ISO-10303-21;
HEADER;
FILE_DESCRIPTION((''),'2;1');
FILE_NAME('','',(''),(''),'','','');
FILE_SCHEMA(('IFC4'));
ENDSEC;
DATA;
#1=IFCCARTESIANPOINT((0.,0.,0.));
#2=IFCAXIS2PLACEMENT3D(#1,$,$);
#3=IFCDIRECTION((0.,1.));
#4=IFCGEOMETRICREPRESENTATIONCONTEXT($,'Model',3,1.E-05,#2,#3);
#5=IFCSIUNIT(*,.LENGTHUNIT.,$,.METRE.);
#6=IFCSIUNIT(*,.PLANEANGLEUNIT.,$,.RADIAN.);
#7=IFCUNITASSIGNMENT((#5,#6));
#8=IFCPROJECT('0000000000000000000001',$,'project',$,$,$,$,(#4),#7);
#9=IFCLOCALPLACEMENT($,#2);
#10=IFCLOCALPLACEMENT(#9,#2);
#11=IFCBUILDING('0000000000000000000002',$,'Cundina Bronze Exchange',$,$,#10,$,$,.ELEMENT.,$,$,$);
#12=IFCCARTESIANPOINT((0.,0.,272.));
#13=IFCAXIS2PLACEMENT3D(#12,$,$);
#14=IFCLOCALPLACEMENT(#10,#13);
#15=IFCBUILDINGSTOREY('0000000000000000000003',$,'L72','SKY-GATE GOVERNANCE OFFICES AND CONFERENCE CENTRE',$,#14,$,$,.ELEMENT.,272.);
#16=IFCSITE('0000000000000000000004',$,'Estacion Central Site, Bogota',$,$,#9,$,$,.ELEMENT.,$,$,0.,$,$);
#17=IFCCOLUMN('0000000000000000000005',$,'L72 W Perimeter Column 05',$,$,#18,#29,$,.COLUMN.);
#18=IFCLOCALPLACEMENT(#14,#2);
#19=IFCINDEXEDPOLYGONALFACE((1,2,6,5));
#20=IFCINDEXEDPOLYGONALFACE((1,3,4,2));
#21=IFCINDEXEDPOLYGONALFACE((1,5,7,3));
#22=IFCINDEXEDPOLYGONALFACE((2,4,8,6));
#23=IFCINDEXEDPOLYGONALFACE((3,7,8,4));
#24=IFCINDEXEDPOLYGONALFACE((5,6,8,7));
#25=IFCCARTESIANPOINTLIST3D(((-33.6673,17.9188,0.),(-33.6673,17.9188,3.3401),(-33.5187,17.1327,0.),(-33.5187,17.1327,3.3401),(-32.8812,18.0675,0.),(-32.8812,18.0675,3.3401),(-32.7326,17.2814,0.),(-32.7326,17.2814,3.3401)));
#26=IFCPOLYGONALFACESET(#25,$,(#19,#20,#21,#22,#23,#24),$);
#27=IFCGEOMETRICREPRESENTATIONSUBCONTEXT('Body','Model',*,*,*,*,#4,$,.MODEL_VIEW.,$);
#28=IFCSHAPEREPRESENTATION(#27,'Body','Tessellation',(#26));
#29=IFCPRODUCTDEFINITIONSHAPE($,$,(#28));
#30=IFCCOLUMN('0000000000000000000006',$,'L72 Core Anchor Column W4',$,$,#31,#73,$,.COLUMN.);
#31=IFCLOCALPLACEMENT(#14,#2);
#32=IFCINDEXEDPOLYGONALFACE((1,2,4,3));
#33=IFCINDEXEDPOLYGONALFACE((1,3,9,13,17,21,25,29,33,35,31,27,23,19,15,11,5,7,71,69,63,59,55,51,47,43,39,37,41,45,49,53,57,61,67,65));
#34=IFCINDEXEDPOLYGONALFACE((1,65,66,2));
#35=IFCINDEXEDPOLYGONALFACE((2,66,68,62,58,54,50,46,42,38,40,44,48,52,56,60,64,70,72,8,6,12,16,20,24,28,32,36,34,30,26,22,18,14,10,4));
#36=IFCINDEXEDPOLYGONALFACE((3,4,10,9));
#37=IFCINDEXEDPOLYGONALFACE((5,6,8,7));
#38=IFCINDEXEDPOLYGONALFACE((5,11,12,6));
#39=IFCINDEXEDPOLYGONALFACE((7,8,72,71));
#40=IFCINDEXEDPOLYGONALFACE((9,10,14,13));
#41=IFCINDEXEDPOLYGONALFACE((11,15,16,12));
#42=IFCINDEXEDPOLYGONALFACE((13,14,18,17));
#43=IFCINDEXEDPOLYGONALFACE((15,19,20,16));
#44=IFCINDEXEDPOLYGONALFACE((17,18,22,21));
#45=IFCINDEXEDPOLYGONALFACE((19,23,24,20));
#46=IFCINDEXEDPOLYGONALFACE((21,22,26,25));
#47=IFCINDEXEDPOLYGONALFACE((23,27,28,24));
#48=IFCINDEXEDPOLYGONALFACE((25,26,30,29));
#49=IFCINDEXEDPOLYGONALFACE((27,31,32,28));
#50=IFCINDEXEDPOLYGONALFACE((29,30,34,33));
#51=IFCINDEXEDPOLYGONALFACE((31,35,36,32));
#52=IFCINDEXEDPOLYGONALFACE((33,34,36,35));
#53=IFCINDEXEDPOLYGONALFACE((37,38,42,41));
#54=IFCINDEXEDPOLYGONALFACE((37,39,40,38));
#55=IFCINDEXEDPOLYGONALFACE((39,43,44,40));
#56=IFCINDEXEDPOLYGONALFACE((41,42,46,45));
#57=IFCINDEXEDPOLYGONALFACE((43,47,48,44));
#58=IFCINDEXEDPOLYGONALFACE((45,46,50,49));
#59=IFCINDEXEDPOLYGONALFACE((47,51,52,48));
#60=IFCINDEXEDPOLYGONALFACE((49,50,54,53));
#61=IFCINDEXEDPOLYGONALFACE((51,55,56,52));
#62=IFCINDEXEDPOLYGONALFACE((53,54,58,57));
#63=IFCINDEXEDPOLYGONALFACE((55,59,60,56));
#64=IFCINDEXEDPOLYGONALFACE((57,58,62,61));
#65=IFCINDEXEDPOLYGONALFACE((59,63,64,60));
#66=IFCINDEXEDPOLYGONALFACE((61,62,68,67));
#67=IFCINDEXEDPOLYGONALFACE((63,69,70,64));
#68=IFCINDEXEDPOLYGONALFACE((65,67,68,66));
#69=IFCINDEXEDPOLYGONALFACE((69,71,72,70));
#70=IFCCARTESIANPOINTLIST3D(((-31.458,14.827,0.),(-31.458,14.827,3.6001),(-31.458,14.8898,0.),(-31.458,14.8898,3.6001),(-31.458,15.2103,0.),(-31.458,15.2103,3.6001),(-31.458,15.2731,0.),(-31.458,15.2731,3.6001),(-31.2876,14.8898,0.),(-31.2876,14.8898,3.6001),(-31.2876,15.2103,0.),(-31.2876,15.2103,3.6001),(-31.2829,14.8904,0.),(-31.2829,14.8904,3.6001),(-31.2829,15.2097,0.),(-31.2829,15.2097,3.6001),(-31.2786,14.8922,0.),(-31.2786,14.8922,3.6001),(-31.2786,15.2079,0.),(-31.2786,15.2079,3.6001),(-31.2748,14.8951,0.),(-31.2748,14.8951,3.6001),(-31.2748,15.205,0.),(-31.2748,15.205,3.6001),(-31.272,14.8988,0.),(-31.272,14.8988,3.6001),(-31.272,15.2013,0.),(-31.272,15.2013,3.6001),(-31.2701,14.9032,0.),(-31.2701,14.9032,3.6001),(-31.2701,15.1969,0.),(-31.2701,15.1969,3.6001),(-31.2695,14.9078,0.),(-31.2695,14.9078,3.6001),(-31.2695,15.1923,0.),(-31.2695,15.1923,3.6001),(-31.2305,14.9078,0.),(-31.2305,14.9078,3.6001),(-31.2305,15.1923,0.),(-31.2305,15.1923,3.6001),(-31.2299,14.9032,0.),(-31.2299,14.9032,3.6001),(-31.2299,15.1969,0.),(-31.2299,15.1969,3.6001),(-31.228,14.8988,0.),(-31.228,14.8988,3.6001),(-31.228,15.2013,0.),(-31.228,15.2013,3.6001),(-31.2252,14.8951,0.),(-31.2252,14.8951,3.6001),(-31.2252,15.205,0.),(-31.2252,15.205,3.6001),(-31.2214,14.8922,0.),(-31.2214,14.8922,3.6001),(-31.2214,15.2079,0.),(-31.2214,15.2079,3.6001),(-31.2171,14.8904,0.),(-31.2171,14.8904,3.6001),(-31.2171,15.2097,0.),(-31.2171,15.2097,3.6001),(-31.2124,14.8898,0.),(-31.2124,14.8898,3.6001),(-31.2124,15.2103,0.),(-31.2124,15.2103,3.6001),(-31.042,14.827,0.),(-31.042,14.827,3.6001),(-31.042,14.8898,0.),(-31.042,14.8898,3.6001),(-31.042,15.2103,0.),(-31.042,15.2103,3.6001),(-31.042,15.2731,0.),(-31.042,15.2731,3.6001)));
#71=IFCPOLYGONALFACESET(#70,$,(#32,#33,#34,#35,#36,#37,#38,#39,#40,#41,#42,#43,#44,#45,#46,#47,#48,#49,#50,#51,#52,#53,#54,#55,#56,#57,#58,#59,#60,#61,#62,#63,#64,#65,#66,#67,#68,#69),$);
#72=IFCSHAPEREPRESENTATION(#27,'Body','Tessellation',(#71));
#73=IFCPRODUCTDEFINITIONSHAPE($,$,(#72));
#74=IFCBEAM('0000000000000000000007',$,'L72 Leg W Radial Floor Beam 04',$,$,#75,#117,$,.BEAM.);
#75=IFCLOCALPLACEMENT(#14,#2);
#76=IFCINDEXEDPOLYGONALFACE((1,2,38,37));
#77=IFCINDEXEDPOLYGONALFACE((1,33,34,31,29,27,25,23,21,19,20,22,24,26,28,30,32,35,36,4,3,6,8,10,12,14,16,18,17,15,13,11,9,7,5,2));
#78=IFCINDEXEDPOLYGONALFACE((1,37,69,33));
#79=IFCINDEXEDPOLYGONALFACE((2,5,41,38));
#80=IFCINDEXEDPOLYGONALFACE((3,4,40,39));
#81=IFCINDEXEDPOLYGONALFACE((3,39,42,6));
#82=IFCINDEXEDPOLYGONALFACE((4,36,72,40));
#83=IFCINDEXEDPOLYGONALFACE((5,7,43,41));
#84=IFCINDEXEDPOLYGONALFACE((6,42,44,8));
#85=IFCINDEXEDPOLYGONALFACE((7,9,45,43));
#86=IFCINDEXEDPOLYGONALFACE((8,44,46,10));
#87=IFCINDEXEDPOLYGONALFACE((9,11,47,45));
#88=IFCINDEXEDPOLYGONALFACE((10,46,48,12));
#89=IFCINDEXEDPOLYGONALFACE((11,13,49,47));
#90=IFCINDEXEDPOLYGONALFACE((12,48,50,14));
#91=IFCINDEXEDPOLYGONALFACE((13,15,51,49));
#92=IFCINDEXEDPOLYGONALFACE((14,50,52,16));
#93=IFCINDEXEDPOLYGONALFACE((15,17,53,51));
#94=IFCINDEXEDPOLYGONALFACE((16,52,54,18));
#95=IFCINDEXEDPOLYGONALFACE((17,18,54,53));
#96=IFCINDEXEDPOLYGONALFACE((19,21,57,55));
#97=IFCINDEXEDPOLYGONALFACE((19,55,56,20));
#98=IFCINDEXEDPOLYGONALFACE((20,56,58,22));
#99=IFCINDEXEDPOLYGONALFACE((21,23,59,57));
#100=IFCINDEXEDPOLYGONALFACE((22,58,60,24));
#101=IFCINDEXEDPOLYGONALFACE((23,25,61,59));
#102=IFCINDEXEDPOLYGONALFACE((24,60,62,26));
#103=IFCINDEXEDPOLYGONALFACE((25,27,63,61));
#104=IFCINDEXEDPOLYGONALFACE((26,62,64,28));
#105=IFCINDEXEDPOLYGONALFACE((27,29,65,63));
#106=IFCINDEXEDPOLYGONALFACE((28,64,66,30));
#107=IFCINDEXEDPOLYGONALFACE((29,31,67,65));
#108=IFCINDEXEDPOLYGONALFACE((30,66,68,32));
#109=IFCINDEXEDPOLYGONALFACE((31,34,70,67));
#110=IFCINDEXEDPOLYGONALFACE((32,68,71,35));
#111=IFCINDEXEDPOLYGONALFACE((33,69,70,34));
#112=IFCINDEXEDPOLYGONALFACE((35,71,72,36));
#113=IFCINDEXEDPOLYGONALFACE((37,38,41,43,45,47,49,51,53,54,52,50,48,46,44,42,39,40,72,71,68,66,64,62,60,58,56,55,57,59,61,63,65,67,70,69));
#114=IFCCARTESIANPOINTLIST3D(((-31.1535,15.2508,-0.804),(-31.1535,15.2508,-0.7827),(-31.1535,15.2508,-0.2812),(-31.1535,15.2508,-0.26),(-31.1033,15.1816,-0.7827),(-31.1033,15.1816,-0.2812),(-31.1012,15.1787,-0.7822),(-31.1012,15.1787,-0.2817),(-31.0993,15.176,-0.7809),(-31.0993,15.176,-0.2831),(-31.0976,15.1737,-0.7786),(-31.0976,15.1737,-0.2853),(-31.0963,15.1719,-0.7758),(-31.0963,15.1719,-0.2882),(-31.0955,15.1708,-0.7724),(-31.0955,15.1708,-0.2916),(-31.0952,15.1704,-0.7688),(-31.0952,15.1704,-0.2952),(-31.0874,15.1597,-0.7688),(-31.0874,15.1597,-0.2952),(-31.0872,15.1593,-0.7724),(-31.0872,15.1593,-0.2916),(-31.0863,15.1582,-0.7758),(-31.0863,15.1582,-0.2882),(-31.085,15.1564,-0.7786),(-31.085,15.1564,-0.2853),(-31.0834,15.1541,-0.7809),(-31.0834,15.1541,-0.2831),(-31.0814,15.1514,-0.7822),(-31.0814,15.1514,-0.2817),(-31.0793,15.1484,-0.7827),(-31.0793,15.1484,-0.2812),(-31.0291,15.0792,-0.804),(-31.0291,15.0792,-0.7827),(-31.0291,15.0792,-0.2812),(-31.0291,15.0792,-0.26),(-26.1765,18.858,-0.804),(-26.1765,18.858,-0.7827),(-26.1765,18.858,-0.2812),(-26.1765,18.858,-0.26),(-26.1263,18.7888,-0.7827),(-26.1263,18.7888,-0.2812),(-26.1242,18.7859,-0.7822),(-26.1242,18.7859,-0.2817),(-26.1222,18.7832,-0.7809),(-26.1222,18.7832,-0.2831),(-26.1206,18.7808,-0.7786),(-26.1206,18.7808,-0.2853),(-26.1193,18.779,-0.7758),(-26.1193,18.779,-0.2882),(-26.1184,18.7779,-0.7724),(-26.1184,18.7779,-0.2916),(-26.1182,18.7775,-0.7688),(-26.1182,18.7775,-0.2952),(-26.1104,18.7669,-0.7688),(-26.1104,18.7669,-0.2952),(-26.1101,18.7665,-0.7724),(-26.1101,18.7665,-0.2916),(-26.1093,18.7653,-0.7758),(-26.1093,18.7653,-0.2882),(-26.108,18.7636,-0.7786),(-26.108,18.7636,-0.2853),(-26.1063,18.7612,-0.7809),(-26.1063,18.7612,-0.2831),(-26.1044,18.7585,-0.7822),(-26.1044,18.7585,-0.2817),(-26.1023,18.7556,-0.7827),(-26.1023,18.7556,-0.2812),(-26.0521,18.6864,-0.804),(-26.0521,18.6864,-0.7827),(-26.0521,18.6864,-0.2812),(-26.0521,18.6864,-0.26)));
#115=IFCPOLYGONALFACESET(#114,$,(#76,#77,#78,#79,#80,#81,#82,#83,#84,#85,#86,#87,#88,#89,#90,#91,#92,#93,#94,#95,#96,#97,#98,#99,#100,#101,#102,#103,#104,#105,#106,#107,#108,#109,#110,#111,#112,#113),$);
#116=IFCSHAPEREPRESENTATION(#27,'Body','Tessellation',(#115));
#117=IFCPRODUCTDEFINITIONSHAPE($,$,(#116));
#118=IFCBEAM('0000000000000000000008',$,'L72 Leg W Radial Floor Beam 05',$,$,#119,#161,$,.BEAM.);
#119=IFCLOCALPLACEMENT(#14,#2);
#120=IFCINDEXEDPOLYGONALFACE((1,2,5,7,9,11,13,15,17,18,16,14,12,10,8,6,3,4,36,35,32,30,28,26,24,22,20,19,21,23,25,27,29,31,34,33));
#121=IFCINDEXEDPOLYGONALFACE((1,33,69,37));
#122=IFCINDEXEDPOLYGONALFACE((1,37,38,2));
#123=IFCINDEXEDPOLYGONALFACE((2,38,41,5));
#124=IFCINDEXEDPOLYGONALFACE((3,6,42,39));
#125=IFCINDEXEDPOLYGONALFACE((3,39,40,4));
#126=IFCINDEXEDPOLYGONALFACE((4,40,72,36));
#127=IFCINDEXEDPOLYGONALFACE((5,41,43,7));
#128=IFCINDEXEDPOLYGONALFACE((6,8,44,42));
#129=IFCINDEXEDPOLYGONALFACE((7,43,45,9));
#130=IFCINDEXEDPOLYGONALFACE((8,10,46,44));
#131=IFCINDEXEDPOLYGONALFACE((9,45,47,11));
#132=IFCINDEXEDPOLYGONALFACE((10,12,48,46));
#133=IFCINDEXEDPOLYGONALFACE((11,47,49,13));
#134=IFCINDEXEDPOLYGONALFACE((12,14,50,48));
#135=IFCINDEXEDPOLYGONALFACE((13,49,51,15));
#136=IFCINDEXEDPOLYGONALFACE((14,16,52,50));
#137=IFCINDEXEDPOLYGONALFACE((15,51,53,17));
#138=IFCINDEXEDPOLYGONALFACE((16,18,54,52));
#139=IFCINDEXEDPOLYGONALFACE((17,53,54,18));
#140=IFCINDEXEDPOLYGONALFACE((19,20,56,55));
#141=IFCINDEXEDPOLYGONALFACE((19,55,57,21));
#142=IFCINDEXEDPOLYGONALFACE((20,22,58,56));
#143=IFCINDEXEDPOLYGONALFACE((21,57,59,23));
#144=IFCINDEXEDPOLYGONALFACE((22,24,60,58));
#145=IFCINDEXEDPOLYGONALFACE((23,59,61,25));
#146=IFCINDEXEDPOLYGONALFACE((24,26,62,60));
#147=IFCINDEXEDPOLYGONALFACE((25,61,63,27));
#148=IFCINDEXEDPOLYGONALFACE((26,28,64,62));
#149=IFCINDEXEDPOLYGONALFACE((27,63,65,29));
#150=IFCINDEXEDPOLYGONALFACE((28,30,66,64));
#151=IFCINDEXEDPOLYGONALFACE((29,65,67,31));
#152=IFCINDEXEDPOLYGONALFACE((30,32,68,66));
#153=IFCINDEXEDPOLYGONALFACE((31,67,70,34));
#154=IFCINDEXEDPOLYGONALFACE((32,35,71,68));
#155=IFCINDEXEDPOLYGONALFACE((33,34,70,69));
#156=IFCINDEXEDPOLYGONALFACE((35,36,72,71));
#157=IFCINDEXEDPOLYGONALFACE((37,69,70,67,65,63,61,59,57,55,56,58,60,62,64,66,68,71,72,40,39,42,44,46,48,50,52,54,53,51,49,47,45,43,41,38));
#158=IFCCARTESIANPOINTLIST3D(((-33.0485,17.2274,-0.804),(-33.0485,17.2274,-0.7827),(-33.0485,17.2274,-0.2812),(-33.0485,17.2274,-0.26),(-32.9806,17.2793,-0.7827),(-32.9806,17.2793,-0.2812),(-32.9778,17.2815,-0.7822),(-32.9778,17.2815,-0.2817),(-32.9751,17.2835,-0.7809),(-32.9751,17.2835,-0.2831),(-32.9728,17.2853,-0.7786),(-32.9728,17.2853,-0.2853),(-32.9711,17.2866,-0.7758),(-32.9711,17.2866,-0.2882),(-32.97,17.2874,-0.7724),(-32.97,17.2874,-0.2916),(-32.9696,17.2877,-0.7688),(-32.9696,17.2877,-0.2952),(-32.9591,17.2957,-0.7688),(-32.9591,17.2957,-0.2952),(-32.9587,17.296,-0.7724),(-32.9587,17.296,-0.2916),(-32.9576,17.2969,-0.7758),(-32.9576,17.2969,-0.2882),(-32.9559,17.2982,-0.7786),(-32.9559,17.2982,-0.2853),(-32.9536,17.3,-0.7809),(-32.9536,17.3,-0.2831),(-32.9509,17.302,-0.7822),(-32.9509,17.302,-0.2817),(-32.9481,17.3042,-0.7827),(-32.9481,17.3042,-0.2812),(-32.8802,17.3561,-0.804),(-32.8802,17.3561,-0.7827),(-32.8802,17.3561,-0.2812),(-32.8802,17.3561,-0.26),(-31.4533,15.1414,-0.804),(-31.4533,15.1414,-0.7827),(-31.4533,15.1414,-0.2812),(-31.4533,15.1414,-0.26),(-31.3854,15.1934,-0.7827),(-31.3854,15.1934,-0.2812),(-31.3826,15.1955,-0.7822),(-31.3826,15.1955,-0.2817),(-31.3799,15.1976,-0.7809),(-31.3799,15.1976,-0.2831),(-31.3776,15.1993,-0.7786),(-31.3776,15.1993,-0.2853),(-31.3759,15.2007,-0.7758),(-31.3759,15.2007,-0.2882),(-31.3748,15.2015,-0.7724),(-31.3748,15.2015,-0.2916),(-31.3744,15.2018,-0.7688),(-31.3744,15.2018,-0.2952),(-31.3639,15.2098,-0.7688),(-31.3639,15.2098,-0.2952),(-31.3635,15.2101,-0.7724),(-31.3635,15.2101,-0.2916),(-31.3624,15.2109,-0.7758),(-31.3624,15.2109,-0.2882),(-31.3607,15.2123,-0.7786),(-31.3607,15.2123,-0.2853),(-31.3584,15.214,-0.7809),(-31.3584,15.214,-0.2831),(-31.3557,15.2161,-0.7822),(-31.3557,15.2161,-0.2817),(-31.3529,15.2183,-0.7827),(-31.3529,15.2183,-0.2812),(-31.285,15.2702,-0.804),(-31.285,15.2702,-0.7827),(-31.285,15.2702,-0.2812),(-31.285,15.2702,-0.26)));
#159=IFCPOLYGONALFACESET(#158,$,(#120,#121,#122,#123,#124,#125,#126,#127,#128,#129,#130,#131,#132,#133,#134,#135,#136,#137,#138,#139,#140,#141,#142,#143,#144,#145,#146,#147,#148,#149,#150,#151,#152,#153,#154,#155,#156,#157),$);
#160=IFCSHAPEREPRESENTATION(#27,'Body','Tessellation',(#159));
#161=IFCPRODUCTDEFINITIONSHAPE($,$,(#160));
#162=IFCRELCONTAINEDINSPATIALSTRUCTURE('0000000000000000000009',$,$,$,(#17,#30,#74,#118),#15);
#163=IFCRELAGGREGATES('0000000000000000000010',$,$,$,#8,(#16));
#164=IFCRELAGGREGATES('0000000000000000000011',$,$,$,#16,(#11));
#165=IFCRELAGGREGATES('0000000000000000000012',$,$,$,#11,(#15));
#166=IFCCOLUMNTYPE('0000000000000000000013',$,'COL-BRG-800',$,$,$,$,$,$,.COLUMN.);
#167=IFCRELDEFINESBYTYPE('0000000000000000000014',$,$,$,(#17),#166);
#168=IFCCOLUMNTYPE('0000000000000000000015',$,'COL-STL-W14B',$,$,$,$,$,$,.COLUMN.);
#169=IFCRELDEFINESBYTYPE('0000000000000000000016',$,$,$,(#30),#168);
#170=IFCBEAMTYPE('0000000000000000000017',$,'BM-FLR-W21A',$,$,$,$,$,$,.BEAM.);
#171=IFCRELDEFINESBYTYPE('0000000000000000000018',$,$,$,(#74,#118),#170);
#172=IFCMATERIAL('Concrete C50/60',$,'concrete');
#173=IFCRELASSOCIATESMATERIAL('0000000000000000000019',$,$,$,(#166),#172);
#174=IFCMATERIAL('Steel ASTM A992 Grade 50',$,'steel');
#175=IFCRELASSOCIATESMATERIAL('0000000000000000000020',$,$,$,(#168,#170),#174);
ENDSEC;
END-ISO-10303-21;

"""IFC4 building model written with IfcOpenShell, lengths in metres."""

from ifc_helpers import new_model, si_unit, direction, frame, origin, origin_2d, place, context, subcontext, project, spatial, rectangle, i_section, extrude, material, material_profile, profile_set, type_object, element, save


model = new_model("IFC4")

# Units and contexts
model_context = context("Model", 3, precision=1e-05, world=origin(), true_north=direction((0.0, 1.0)))
body_context = subcontext(model_context, "Body", "Model", "MODEL_VIEW")
ifc_project = project(units=[si_unit("LENGTHUNIT", "METRE"), si_unit("PLANEANGLEUNIT", "RADIAN")], contexts=[model_context])

# Site, building, storey
site_placement = place(None, origin())
site = spatial("IfcSite", under=ifc_project, at=site_placement, Name="Estacion Central Site, Bogota", CompositionType="ELEMENT", RefElevation=0.0)
building_placement = place(site_placement, origin())
building = spatial("IfcBuilding", under=site, at=building_placement, Name="Cundina Bronze Exchange", CompositionType="ELEMENT")
storey_placement = place(building_placement, frame((0.0, 0.0, 272.0)))
storey = spatial("IfcBuildingStorey", under=building, at=storey_placement, Name="L72", Description="SKY-GATE GOVERNANCE OFFICES AND CONFERENCE CENTRE", CompositionType="ELEMENT", Elevation=272.0)

# Columns
ifc_material_1 = material(Name="Concrete C50/60", Category="concrete")
ifc_material_profile_1 = material_profile(ifc_material_1, rectangle(XDim=0.8, YDim=0.8, at=origin_2d()), Name="RC800X800", Category="concrete")
ifc_profile_set_1 = profile_set([ifc_material_profile_1], Name="Concrete C50/60")
column_type_1 = type_object("IfcColumnType", Name="COL-BRG-800", PredefinedType="COLUMN", material=ifc_profile_set_1)
column_1_placement = place(storey_placement, frame((-33.2, 17.6001, 0.0), z_axis=(0.0, 0.0, 1.0), x_axis=(-0.98258, -0.185838, 0.0)))
element("IfcColumn", 1, at=column_1_placement, inside=storey, type_object=column_type_1, Name="L72 W Perimeter Column 05", PredefinedType="COLUMN", context=body_context, shape_type="SweptSolid", body=[
    extrude(rectangle(XDim=0.8, YDim=0.8, at=origin_2d()), origin(), (0.0, 0.0, 1.0), 3.3401),
])
ifc_material_2 = material(Name="Steel ASTM A992 Grade 50", Category="steel")
ifc_material_profile_2 = material_profile(ifc_material_2, i_section(OverallWidth=0.416, OverallDepth=0.446, WebThickness=0.0391, FlangeThickness=0.0627, FilletRadius=0.0181, at=origin_2d()), Name="W14X342", Category="steel")
ifc_profile_set_2 = profile_set([ifc_material_profile_2], Name="Steel ASTM A992 Grade 50")
column_type_2 = type_object("IfcColumnType", Name="COL-STL-W14B", PredefinedType="COLUMN", material=ifc_profile_set_2)
column_2_placement = place(storey_placement, frame((-31.25, 15.05, 0.0), z_axis=(0.0, 0.0, 1.0), x_axis=(1.0, 0.0, 0.0)))
element("IfcColumn", 2, at=column_2_placement, inside=storey, type_object=column_type_2, Name="L72 Core Anchor Column W4", PredefinedType="COLUMN", context=body_context, shape_type="SweptSolid", body=[
    extrude(i_section(OverallWidth=0.416, OverallDepth=0.446, WebThickness=0.0391, FlangeThickness=0.0627, FilletRadius=0.0181, at=origin_2d()), origin(), (0.0, 0.0, 1.0), 3.6001),
])

# Beams
ifc_material_profile_3 = material_profile(ifc_material_2, i_section(OverallWidth=0.2119, OverallDepth=0.5439, WebThickness=0.0132, FlangeThickness=0.0212, FilletRadius=0.0139, at=origin_2d()), Name="W21X83", Category="steel")
ifc_profile_set_3 = profile_set([ifc_material_profile_3], Name="Steel ASTM A992 Grade 50")
beam_type_1 = type_object("IfcBeamType", Name="BM-FLR-W21A", PredefinedType="BEAM", material=ifc_profile_set_3)
beam_1_placement = place(storey_placement, frame((-31.0913, 15.165, -0.532), z_axis=(0.809702, 0.586841, 0.0), x_axis=(-0.586841, 0.809702, 0.0)))
element("IfcBeam", 3, at=beam_1_placement, inside=storey, type_object=beam_type_1, Name="L72 Leg W Radial Floor Beam 04", PredefinedType="BEAM", context=body_context, shape_type="SweptSolid", body=[
    extrude(i_section(OverallWidth=0.2119, OverallDepth=0.5439, WebThickness=0.0132, FlangeThickness=0.0212, FilletRadius=0.0139, at=origin_2d()), origin(), (0.0, 0.0, 1.0), 6.1467),
])
beam_2_placement = place(storey_placement, frame((-31.3691, 15.2058, -0.532), z_axis=(-0.607471, 0.794342, 0.0), x_axis=(-0.794342, -0.607471, 0.0)))
element("IfcBeam", 4, at=beam_2_placement, inside=storey, type_object=beam_type_1, Name="L72 Leg W Radial Floor Beam 05", PredefinedType="BEAM", context=body_context, shape_type="SweptSolid", body=[
    extrude(i_section(OverallWidth=0.2119, OverallDepth=0.5439, WebThickness=0.0132, FlangeThickness=0.0212, FilletRadius=0.0139, at=origin_2d()), origin(), (0.0, 0.0, 1.0), 2.626),
])

save(model, "model.ifc")
